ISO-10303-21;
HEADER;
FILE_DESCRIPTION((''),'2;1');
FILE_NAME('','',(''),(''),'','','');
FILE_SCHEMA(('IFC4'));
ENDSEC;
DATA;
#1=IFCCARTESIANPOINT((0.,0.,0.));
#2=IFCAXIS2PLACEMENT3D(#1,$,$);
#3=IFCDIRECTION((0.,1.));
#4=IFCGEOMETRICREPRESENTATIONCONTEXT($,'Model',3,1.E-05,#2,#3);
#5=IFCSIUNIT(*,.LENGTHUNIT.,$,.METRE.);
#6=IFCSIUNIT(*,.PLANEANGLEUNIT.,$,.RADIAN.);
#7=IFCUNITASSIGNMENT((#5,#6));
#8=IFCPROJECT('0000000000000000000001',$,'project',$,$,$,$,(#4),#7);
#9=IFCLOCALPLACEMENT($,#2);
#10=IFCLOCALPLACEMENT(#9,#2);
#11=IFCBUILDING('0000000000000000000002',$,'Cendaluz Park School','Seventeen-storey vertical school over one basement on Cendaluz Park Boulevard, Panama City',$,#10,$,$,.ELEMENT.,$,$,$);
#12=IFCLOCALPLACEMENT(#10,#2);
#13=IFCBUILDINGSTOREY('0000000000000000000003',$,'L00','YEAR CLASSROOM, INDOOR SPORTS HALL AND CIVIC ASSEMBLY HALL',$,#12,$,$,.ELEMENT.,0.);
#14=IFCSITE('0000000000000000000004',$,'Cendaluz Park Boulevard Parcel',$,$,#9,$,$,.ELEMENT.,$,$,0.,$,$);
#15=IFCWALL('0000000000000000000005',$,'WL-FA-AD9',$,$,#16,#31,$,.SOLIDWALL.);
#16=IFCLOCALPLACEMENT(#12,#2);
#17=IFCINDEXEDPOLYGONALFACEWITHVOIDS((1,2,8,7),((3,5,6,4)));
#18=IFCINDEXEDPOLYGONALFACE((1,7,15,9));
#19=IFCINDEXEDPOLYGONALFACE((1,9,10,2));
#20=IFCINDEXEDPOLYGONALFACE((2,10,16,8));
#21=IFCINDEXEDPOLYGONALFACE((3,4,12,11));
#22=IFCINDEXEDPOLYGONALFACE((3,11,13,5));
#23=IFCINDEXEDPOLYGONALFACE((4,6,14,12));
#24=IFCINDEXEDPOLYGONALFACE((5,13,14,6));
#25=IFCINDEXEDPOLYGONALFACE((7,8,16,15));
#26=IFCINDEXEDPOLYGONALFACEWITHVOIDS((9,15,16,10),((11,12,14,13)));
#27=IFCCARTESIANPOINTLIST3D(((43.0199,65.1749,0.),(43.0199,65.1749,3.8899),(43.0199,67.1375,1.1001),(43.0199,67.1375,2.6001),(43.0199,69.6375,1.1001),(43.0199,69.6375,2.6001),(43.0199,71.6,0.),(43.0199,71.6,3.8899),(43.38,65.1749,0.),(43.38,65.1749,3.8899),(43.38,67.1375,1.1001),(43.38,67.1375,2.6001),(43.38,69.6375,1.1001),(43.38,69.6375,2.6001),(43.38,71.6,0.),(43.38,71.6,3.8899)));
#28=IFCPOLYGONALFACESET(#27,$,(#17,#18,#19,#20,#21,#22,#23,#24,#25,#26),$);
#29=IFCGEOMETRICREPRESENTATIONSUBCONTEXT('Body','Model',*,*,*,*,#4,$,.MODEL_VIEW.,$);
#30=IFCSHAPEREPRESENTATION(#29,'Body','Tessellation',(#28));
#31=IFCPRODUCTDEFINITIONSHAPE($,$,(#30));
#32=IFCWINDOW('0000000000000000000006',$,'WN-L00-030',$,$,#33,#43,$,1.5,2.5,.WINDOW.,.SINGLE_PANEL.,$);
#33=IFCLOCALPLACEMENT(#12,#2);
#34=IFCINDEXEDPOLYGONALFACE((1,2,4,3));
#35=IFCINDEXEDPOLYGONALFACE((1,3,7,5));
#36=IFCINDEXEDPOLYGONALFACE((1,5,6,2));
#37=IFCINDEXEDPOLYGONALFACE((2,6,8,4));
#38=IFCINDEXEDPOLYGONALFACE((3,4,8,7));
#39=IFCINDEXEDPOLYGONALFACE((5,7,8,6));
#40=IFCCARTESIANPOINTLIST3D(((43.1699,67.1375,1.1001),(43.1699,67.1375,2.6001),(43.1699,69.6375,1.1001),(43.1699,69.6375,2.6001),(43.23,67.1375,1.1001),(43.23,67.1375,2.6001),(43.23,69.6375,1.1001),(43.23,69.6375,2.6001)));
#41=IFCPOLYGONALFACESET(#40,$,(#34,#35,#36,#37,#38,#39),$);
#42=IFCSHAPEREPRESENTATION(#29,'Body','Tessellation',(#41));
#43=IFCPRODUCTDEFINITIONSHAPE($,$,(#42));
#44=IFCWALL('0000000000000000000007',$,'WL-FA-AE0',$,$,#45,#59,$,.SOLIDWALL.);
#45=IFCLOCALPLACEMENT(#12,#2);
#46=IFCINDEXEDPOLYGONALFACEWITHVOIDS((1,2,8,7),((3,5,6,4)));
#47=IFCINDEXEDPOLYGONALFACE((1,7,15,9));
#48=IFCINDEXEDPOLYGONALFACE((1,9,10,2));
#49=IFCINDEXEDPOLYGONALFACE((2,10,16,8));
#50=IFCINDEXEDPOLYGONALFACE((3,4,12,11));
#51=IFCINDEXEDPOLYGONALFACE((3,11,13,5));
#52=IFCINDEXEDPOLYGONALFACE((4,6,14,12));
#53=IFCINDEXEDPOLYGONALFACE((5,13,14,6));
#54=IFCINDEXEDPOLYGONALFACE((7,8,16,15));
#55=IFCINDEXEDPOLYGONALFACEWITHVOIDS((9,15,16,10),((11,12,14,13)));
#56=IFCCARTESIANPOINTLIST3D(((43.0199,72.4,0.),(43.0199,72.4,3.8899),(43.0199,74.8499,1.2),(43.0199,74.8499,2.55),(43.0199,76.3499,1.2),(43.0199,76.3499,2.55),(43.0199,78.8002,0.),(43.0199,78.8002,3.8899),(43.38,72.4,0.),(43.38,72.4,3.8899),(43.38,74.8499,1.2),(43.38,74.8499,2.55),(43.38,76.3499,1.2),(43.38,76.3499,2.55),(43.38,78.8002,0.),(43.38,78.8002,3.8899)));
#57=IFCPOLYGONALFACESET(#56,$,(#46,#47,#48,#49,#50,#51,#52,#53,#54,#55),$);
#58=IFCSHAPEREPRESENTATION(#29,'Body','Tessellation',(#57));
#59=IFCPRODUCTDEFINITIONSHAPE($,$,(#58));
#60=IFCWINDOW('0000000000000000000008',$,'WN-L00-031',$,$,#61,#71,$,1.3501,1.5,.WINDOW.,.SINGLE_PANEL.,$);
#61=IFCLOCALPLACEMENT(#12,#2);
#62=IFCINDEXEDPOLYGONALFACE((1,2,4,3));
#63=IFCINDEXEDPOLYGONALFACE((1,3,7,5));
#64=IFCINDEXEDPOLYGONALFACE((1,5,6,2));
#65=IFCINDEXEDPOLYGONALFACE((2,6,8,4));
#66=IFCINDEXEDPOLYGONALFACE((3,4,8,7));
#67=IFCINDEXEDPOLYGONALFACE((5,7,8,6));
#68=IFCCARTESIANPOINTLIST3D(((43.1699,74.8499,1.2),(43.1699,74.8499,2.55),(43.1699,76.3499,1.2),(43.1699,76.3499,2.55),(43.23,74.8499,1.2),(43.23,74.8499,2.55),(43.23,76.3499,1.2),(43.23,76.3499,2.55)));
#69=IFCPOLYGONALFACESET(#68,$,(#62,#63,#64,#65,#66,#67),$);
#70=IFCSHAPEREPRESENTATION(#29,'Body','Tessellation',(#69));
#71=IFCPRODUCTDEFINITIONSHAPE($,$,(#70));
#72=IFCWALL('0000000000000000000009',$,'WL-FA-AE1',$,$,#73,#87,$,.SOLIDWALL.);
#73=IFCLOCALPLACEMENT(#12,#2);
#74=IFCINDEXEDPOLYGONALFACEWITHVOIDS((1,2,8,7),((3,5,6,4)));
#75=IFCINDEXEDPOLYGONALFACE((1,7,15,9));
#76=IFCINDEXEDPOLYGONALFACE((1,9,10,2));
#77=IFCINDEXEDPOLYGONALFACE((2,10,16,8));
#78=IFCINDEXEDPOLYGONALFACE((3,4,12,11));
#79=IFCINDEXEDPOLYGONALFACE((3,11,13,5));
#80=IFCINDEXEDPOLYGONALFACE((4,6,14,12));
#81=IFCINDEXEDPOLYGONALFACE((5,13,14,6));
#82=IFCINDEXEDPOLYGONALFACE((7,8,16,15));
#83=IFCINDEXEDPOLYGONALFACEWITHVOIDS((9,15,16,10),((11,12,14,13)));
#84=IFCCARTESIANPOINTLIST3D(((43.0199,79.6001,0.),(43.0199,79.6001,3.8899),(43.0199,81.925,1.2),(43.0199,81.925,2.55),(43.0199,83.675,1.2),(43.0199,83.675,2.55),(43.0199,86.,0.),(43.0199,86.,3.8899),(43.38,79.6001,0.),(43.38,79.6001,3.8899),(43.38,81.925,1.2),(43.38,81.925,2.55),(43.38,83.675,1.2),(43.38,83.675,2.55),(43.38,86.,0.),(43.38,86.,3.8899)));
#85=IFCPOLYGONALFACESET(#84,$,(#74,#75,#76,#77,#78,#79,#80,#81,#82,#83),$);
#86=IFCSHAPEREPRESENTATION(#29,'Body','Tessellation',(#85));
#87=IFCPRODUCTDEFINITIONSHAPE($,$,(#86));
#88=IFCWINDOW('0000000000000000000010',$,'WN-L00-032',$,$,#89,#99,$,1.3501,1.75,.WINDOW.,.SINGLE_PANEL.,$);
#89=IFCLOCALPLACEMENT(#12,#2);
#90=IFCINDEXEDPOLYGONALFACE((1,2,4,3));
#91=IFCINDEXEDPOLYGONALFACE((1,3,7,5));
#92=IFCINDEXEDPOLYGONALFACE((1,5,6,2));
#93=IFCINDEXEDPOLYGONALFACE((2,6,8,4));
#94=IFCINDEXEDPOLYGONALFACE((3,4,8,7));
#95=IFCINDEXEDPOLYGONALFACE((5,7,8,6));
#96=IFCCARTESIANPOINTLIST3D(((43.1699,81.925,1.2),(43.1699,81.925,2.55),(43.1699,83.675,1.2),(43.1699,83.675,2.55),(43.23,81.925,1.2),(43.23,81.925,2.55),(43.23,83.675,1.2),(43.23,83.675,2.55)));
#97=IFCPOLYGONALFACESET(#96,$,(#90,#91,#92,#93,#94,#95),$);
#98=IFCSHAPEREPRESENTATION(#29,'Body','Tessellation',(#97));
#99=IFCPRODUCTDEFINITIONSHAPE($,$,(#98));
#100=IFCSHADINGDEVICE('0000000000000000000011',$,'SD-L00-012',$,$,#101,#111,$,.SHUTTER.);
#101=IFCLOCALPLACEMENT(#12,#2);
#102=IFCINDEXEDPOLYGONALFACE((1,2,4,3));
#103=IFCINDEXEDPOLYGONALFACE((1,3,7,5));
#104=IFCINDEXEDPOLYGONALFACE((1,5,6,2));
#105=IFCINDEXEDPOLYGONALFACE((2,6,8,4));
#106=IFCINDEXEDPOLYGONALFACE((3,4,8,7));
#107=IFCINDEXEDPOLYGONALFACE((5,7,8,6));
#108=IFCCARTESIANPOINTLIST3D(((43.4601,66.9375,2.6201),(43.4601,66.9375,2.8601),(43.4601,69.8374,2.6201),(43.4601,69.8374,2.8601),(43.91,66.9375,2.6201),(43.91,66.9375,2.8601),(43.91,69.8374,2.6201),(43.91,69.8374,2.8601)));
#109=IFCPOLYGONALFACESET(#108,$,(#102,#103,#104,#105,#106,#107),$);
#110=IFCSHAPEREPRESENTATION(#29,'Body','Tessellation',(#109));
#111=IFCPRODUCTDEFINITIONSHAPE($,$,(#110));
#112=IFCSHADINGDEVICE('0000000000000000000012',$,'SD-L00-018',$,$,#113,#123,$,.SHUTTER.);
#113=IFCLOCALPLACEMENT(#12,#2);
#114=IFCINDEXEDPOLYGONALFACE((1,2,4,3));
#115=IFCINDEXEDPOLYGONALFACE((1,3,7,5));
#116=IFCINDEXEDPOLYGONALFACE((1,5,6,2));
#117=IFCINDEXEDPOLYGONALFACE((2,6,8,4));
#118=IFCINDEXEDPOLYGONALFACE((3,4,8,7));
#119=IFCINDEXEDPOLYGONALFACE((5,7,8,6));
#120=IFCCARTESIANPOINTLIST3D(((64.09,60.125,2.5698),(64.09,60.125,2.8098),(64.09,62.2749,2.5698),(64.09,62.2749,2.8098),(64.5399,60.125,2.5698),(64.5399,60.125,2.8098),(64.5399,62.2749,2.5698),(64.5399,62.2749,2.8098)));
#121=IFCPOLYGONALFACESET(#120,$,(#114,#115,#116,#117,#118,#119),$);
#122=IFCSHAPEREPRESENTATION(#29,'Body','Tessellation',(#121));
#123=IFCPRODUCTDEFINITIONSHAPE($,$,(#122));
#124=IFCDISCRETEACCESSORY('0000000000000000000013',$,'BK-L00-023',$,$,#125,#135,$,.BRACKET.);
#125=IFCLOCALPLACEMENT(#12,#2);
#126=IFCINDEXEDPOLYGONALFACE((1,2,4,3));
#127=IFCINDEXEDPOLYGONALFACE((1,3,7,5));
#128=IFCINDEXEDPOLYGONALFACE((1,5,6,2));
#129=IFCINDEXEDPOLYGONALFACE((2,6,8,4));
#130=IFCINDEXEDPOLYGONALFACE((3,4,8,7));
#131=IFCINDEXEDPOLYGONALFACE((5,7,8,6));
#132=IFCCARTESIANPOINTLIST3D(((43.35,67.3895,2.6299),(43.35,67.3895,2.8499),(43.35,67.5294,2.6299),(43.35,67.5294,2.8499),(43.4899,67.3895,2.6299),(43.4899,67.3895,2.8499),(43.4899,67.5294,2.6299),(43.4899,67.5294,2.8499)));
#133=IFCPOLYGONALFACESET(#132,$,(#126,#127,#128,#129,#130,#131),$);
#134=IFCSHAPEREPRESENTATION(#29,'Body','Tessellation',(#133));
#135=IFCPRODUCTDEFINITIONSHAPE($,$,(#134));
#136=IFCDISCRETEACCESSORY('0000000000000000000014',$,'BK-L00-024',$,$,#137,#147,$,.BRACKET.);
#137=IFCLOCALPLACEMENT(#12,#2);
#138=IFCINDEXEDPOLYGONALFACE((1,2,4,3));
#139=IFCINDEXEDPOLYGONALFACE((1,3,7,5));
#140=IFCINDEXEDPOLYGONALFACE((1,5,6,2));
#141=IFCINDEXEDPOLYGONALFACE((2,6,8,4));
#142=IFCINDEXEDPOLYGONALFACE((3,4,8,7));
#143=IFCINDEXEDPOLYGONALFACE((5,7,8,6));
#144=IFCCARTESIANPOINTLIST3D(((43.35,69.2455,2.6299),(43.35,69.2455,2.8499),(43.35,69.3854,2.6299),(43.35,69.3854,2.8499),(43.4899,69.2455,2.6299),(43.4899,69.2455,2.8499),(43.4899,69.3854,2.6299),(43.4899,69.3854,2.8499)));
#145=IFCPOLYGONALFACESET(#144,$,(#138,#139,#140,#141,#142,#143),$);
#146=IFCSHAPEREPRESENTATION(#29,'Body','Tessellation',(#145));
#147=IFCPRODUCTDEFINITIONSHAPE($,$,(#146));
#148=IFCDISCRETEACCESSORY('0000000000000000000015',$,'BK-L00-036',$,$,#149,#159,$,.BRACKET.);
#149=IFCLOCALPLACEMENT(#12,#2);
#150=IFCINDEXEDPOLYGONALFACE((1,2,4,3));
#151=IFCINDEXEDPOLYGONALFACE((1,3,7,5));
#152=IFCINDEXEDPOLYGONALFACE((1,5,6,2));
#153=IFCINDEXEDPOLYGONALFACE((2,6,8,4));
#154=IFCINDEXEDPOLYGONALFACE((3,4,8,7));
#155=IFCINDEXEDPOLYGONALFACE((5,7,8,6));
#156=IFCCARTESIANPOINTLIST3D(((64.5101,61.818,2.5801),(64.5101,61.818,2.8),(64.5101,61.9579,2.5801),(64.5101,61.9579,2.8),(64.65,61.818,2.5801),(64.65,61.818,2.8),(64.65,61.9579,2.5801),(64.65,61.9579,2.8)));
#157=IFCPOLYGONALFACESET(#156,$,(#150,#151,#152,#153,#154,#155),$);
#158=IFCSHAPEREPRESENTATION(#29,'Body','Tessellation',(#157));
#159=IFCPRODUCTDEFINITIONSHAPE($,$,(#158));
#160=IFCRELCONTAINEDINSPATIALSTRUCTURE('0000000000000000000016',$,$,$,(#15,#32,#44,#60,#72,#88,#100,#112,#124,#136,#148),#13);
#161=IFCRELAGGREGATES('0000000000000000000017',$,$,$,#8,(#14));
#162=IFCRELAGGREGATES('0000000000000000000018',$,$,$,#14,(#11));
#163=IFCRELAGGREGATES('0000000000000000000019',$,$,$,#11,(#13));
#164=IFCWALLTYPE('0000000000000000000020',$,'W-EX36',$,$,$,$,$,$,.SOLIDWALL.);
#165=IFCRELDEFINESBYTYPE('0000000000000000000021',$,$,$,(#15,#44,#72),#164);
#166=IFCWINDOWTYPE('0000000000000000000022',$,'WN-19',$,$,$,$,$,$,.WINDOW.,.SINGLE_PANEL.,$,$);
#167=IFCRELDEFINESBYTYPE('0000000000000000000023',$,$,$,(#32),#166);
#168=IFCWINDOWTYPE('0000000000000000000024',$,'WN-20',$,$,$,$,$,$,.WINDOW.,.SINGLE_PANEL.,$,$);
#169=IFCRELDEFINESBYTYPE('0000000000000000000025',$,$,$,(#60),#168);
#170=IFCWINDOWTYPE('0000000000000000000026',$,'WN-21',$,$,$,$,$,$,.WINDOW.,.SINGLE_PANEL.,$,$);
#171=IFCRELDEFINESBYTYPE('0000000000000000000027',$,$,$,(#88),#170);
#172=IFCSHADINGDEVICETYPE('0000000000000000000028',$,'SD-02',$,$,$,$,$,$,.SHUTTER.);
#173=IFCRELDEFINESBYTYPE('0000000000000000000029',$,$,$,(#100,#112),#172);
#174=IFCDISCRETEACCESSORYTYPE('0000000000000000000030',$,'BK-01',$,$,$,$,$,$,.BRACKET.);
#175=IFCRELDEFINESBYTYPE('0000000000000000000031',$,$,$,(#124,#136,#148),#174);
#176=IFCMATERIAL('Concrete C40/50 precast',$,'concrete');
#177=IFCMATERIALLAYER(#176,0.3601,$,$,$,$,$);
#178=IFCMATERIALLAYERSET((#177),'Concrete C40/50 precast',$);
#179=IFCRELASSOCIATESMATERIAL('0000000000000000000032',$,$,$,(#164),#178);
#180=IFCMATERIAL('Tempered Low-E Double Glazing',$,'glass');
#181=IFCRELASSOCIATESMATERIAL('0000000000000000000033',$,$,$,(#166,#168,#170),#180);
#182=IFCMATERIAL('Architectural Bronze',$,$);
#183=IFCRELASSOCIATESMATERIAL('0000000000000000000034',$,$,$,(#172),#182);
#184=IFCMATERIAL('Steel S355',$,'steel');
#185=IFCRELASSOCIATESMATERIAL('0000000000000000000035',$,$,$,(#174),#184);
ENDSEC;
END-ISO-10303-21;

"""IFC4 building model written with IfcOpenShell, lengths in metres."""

from ifc_helpers import new_model, si_unit, direction, frame, frame_2d, origin, origin_2d, place, context, subcontext, project, spatial, rectangle, extrude, material, layer, layer_set, type_object, element, fill, save


model = new_model("IFC4")

# Units and contexts
model_context = context("Model", 3, precision=1e-05, world=origin(), true_north=direction((0.0, 1.0)))
body_context = subcontext(model_context, "Body", "Model", "MODEL_VIEW")
ifc_project = project(units=[si_unit("LENGTHUNIT", "METRE"), si_unit("PLANEANGLEUNIT", "RADIAN")], contexts=[model_context])

# Site, building, storey
site_placement = place(None, origin())
site = spatial("IfcSite", under=ifc_project, at=site_placement, Name="Cendaluz Park Boulevard Parcel", CompositionType="ELEMENT", RefElevation=0.0)
building_placement = place(site_placement, origin())
building = spatial("IfcBuilding", under=site, at=building_placement, Name="Cendaluz Park School", Description="Seventeen-storey vertical school over one basement on Cendaluz Park Boulevard, Panama City", CompositionType="ELEMENT")
storey_placement = place(building_placement, origin())
storey = spatial("IfcBuildingStorey", under=building, at=storey_placement, Name="L00", Description="YEAR CLASSROOM, INDOOR SPORTS HALL AND CIVIC ASSEMBLY HALL", CompositionType="ELEMENT", Elevation=0.0)

# Walls, openings, windows
ifc_material_1 = material(Name="Concrete C40/50 precast", Category="concrete")
ifc_layer = layer(ifc_material_1, 0.3601)
ifc_layer_set = layer_set([ifc_layer], Name="Concrete C40/50 precast")
wall_type = type_object("IfcWallType", Name="W-EX36", PredefinedType="SOLIDWALL", material=ifc_layer_set)
wall_1_placement = place(storey_placement, frame((43.2, 65.175, 0.0), z_axis=(0.0, 0.0, 1.0), x_axis=(0.0, 1.0, 0.0)))
wall_1 = element("IfcWall", 1, at=wall_1_placement, inside=storey, type_object=wall_type, Name="WL-FA-AD9", PredefinedType="SOLIDWALL", context=body_context, shape_type="SweptSolid", body=[
    extrude(rectangle(XDim=6.425, YDim=0.3601, at=frame_2d((3.2124, 0.0))), origin(), (0.0, 0.0, 1.0), 3.8899),
])
opening_1_placement = place(wall_1_placement, frame((1.9624, 0.0, 1.1001)))
opening_1 = element("IfcOpeningElement", 2, at=opening_1_placement, cuts=wall_1, PredefinedType="OPENING", context=body_context, shape_type="SweptSolid", body=[
    extrude(rectangle(XDim=2.5, YDim=1.5, at=frame_2d((1.25, 0.75))), frame((0.0, 0.1921, 0.0), z_axis=(0.0, -1.0, 0.0), x_axis=(1.0, 0.0, 0.0)), (0.0, 0.0, 1.0), 0.384),
])
ifc_material_2 = material(Name="Tempered Low-E Double Glazing", Category="glass")
window_type_1 = type_object("IfcWindowType", Name="WN-19", PartitioningType="SINGLE_PANEL", PredefinedType="WINDOW", material=ifc_material_2)
window_1_placement = place(opening_1_placement, origin())
window_1 = element("IfcWindow", 3, at=window_1_placement, inside=storey, type_object=window_type_1, Name="WN-L00-030", OverallHeight=1.5, OverallWidth=2.5, PartitioningType="SINGLE_PANEL", PredefinedType="WINDOW", context=body_context, shape_type="SweptSolid", body=[
    extrude(rectangle(XDim=2.5, YDim=1.5, at=frame_2d((1.25, 0.75))), frame((0.0, 0.03, 0.0), z_axis=(0.0, -1.0, 0.0), x_axis=(1.0, 0.0, 0.0)), (0.0, 0.0, 1.0), 0.0601),
])
fill(opening_1, window_1)
wall_2_placement = place(storey_placement, frame((43.2, 72.3999, 0.0), z_axis=(0.0, 0.0, 1.0), x_axis=(0.0, 1.0, 0.0)))
wall_2 = element("IfcWall", 4, at=wall_2_placement, inside=storey, type_object=wall_type, Name="WL-FA-AE0", PredefinedType="SOLIDWALL", context=body_context, shape_type="SweptSolid", body=[
    extrude(rectangle(XDim=6.4001, YDim=0.3601, at=frame_2d((3.2002, 0.0))), origin(), (0.0, 0.0, 1.0), 3.8899),
])
opening_2_placement = place(wall_2_placement, frame((2.45, 0.0, 1.2)))
opening_2 = element("IfcOpeningElement", 5, at=opening_2_placement, cuts=wall_2, PredefinedType="OPENING", context=body_context, shape_type="SweptSolid", body=[
    extrude(rectangle(XDim=1.5, YDim=1.3501, at=frame_2d((0.75, 0.675))), frame((0.0, 0.1921, 0.0), z_axis=(0.0, -1.0, 0.0), x_axis=(1.0, 0.0, 0.0)), (0.0, 0.0, 1.0), 0.384),
])
window_type_2 = type_object("IfcWindowType", Name="WN-20", PartitioningType="SINGLE_PANEL", PredefinedType="WINDOW", material=ifc_material_2)
window_2_placement = place(opening_2_placement, origin())
window_2 = element("IfcWindow", 6, at=window_2_placement, inside=storey, type_object=window_type_2, Name="WN-L00-031", OverallHeight=1.3501, OverallWidth=1.5, PartitioningType="SINGLE_PANEL", PredefinedType="WINDOW", context=body_context, shape_type="SweptSolid", body=[
    extrude(rectangle(XDim=1.5, YDim=1.3501, at=frame_2d((0.75, 0.675))), frame((0.0, 0.03, 0.0), z_axis=(0.0, -1.0, 0.0), x_axis=(1.0, 0.0, 0.0)), (0.0, 0.0, 1.0), 0.0601),
])
fill(opening_2, window_2)
wall_3_placement = place(storey_placement, frame((43.2, 79.6001, 0.0), z_axis=(0.0, 0.0, 1.0), x_axis=(0.0, 1.0, 0.0)))
wall_3 = element("IfcWall", 7, at=wall_3_placement, inside=storey, type_object=wall_type, Name="WL-FA-AE1", PredefinedType="SOLIDWALL", context=body_context, shape_type="SweptSolid", body=[
    extrude(rectangle(XDim=6.3999, YDim=0.3601, at=frame_2d((3.2, 0.0))), origin(), (0.0, 0.0, 1.0), 3.8899),
])
opening_3_placement = place(wall_3_placement, frame((2.325, 0.0, 1.2)))
opening_3 = element("IfcOpeningElement", 8, at=opening_3_placement, cuts=wall_3, PredefinedType="OPENING", context=body_context, shape_type="SweptSolid", body=[
    extrude(rectangle(XDim=1.75, YDim=1.3501, at=frame_2d((0.875, 0.675))), frame((0.0, 0.1921, 0.0), z_axis=(0.0, -1.0, 0.0), x_axis=(1.0, 0.0, 0.0)), (0.0, 0.0, 1.0), 0.384),
])
window_type_3 = type_object("IfcWindowType", Name="WN-21", PartitioningType="SINGLE_PANEL", PredefinedType="WINDOW", material=ifc_material_2)
window_3_placement = place(opening_3_placement, origin())
window_3 = element("IfcWindow", 9, at=window_3_placement, inside=storey, type_object=window_type_3, Name="WN-L00-032", OverallHeight=1.3501, OverallWidth=1.75, PartitioningType="SINGLE_PANEL", PredefinedType="WINDOW", context=body_context, shape_type="SweptSolid", body=[
    extrude(rectangle(XDim=1.75, YDim=1.3501, at=frame_2d((0.875, 0.675))), frame((0.0, 0.03, 0.0), z_axis=(0.0, -1.0, 0.0), x_axis=(1.0, 0.0, 0.0)), (0.0, 0.0, 1.0), 0.0601),
])
fill(opening_3, window_3)

# Shading devices
ifc_material_3 = material(Name="Architectural Bronze")
shading_device_type = type_object("IfcShadingDeviceType", Name="SD-02", PredefinedType="SHUTTER", material=ifc_material_3)
shading_device_1_placement = place(storey_placement, frame((43.6851, 68.3875, 2.6201), z_axis=(0.0, 0.0, 1.0), x_axis=(0.0, 1.0, 0.0)))
element("IfcShadingDevice", 10, at=shading_device_1_placement, inside=storey, type_object=shading_device_type, Name="SD-L00-012", PredefinedType="SHUTTER", context=body_context, shape_type="SweptSolid", body=[
    extrude(rectangle(XDim=2.8999, YDim=0.45, at=origin_2d()), origin(), (0.0, 0.0, 1.0), 0.24),
])
shading_device_2_placement = place(storey_placement, frame((64.3149, 61.2, 2.5698), z_axis=(0.0, 0.0, 1.0), x_axis=(0.0, 1.0, 0.0)))
element("IfcShadingDevice", 11, at=shading_device_2_placement, inside=storey, type_object=shading_device_type, Name="SD-L00-018", PredefinedType="SHUTTER", context=body_context, shape_type="SweptSolid", body=[
    extrude(rectangle(XDim=2.1499, YDim=0.45, at=origin_2d()), origin(), (0.0, 0.0, 1.0), 0.24),
])

# Discrete accessories
ifc_material_4 = material(Name="Steel S355", Category="steel")
discrete_accessory_type = type_object("IfcDiscreteAccessoryType", Name="BK-01", PredefinedType="BRACKET", material=ifc_material_4)
for number, where, z_axis, x_axis, name in (
    (12, (43.4199, 67.4595, 2.6299), (0.0, 0.0, 1.0), (0.0, 1.0, 0.0), "BK-L00-023"),
    (13, (43.4199, 69.3154, 2.6299), (0.0, 0.0, 1.0), (0.0, 1.0, 0.0), "BK-L00-024"),
    (14, (64.5801, 61.8879, 2.5801), (0.0, 0.0, 1.0), (0.0, 1.0, 0.0), "BK-L00-036"),
):
    element("IfcDiscreteAccessory", number, at=place(storey_placement, frame(where, z_axis=z_axis, x_axis=x_axis)), inside=storey, type_object=discrete_accessory_type, Name=name, PredefinedType="BRACKET", context=body_context, shape_type="SweptSolid", body=[
        extrude(rectangle(XDim=0.1399, YDim=0.1399, at=origin_2d()), origin(), (0.0, 0.0, 1.0), 0.22),
    ])

save(model, "model.ifc")
